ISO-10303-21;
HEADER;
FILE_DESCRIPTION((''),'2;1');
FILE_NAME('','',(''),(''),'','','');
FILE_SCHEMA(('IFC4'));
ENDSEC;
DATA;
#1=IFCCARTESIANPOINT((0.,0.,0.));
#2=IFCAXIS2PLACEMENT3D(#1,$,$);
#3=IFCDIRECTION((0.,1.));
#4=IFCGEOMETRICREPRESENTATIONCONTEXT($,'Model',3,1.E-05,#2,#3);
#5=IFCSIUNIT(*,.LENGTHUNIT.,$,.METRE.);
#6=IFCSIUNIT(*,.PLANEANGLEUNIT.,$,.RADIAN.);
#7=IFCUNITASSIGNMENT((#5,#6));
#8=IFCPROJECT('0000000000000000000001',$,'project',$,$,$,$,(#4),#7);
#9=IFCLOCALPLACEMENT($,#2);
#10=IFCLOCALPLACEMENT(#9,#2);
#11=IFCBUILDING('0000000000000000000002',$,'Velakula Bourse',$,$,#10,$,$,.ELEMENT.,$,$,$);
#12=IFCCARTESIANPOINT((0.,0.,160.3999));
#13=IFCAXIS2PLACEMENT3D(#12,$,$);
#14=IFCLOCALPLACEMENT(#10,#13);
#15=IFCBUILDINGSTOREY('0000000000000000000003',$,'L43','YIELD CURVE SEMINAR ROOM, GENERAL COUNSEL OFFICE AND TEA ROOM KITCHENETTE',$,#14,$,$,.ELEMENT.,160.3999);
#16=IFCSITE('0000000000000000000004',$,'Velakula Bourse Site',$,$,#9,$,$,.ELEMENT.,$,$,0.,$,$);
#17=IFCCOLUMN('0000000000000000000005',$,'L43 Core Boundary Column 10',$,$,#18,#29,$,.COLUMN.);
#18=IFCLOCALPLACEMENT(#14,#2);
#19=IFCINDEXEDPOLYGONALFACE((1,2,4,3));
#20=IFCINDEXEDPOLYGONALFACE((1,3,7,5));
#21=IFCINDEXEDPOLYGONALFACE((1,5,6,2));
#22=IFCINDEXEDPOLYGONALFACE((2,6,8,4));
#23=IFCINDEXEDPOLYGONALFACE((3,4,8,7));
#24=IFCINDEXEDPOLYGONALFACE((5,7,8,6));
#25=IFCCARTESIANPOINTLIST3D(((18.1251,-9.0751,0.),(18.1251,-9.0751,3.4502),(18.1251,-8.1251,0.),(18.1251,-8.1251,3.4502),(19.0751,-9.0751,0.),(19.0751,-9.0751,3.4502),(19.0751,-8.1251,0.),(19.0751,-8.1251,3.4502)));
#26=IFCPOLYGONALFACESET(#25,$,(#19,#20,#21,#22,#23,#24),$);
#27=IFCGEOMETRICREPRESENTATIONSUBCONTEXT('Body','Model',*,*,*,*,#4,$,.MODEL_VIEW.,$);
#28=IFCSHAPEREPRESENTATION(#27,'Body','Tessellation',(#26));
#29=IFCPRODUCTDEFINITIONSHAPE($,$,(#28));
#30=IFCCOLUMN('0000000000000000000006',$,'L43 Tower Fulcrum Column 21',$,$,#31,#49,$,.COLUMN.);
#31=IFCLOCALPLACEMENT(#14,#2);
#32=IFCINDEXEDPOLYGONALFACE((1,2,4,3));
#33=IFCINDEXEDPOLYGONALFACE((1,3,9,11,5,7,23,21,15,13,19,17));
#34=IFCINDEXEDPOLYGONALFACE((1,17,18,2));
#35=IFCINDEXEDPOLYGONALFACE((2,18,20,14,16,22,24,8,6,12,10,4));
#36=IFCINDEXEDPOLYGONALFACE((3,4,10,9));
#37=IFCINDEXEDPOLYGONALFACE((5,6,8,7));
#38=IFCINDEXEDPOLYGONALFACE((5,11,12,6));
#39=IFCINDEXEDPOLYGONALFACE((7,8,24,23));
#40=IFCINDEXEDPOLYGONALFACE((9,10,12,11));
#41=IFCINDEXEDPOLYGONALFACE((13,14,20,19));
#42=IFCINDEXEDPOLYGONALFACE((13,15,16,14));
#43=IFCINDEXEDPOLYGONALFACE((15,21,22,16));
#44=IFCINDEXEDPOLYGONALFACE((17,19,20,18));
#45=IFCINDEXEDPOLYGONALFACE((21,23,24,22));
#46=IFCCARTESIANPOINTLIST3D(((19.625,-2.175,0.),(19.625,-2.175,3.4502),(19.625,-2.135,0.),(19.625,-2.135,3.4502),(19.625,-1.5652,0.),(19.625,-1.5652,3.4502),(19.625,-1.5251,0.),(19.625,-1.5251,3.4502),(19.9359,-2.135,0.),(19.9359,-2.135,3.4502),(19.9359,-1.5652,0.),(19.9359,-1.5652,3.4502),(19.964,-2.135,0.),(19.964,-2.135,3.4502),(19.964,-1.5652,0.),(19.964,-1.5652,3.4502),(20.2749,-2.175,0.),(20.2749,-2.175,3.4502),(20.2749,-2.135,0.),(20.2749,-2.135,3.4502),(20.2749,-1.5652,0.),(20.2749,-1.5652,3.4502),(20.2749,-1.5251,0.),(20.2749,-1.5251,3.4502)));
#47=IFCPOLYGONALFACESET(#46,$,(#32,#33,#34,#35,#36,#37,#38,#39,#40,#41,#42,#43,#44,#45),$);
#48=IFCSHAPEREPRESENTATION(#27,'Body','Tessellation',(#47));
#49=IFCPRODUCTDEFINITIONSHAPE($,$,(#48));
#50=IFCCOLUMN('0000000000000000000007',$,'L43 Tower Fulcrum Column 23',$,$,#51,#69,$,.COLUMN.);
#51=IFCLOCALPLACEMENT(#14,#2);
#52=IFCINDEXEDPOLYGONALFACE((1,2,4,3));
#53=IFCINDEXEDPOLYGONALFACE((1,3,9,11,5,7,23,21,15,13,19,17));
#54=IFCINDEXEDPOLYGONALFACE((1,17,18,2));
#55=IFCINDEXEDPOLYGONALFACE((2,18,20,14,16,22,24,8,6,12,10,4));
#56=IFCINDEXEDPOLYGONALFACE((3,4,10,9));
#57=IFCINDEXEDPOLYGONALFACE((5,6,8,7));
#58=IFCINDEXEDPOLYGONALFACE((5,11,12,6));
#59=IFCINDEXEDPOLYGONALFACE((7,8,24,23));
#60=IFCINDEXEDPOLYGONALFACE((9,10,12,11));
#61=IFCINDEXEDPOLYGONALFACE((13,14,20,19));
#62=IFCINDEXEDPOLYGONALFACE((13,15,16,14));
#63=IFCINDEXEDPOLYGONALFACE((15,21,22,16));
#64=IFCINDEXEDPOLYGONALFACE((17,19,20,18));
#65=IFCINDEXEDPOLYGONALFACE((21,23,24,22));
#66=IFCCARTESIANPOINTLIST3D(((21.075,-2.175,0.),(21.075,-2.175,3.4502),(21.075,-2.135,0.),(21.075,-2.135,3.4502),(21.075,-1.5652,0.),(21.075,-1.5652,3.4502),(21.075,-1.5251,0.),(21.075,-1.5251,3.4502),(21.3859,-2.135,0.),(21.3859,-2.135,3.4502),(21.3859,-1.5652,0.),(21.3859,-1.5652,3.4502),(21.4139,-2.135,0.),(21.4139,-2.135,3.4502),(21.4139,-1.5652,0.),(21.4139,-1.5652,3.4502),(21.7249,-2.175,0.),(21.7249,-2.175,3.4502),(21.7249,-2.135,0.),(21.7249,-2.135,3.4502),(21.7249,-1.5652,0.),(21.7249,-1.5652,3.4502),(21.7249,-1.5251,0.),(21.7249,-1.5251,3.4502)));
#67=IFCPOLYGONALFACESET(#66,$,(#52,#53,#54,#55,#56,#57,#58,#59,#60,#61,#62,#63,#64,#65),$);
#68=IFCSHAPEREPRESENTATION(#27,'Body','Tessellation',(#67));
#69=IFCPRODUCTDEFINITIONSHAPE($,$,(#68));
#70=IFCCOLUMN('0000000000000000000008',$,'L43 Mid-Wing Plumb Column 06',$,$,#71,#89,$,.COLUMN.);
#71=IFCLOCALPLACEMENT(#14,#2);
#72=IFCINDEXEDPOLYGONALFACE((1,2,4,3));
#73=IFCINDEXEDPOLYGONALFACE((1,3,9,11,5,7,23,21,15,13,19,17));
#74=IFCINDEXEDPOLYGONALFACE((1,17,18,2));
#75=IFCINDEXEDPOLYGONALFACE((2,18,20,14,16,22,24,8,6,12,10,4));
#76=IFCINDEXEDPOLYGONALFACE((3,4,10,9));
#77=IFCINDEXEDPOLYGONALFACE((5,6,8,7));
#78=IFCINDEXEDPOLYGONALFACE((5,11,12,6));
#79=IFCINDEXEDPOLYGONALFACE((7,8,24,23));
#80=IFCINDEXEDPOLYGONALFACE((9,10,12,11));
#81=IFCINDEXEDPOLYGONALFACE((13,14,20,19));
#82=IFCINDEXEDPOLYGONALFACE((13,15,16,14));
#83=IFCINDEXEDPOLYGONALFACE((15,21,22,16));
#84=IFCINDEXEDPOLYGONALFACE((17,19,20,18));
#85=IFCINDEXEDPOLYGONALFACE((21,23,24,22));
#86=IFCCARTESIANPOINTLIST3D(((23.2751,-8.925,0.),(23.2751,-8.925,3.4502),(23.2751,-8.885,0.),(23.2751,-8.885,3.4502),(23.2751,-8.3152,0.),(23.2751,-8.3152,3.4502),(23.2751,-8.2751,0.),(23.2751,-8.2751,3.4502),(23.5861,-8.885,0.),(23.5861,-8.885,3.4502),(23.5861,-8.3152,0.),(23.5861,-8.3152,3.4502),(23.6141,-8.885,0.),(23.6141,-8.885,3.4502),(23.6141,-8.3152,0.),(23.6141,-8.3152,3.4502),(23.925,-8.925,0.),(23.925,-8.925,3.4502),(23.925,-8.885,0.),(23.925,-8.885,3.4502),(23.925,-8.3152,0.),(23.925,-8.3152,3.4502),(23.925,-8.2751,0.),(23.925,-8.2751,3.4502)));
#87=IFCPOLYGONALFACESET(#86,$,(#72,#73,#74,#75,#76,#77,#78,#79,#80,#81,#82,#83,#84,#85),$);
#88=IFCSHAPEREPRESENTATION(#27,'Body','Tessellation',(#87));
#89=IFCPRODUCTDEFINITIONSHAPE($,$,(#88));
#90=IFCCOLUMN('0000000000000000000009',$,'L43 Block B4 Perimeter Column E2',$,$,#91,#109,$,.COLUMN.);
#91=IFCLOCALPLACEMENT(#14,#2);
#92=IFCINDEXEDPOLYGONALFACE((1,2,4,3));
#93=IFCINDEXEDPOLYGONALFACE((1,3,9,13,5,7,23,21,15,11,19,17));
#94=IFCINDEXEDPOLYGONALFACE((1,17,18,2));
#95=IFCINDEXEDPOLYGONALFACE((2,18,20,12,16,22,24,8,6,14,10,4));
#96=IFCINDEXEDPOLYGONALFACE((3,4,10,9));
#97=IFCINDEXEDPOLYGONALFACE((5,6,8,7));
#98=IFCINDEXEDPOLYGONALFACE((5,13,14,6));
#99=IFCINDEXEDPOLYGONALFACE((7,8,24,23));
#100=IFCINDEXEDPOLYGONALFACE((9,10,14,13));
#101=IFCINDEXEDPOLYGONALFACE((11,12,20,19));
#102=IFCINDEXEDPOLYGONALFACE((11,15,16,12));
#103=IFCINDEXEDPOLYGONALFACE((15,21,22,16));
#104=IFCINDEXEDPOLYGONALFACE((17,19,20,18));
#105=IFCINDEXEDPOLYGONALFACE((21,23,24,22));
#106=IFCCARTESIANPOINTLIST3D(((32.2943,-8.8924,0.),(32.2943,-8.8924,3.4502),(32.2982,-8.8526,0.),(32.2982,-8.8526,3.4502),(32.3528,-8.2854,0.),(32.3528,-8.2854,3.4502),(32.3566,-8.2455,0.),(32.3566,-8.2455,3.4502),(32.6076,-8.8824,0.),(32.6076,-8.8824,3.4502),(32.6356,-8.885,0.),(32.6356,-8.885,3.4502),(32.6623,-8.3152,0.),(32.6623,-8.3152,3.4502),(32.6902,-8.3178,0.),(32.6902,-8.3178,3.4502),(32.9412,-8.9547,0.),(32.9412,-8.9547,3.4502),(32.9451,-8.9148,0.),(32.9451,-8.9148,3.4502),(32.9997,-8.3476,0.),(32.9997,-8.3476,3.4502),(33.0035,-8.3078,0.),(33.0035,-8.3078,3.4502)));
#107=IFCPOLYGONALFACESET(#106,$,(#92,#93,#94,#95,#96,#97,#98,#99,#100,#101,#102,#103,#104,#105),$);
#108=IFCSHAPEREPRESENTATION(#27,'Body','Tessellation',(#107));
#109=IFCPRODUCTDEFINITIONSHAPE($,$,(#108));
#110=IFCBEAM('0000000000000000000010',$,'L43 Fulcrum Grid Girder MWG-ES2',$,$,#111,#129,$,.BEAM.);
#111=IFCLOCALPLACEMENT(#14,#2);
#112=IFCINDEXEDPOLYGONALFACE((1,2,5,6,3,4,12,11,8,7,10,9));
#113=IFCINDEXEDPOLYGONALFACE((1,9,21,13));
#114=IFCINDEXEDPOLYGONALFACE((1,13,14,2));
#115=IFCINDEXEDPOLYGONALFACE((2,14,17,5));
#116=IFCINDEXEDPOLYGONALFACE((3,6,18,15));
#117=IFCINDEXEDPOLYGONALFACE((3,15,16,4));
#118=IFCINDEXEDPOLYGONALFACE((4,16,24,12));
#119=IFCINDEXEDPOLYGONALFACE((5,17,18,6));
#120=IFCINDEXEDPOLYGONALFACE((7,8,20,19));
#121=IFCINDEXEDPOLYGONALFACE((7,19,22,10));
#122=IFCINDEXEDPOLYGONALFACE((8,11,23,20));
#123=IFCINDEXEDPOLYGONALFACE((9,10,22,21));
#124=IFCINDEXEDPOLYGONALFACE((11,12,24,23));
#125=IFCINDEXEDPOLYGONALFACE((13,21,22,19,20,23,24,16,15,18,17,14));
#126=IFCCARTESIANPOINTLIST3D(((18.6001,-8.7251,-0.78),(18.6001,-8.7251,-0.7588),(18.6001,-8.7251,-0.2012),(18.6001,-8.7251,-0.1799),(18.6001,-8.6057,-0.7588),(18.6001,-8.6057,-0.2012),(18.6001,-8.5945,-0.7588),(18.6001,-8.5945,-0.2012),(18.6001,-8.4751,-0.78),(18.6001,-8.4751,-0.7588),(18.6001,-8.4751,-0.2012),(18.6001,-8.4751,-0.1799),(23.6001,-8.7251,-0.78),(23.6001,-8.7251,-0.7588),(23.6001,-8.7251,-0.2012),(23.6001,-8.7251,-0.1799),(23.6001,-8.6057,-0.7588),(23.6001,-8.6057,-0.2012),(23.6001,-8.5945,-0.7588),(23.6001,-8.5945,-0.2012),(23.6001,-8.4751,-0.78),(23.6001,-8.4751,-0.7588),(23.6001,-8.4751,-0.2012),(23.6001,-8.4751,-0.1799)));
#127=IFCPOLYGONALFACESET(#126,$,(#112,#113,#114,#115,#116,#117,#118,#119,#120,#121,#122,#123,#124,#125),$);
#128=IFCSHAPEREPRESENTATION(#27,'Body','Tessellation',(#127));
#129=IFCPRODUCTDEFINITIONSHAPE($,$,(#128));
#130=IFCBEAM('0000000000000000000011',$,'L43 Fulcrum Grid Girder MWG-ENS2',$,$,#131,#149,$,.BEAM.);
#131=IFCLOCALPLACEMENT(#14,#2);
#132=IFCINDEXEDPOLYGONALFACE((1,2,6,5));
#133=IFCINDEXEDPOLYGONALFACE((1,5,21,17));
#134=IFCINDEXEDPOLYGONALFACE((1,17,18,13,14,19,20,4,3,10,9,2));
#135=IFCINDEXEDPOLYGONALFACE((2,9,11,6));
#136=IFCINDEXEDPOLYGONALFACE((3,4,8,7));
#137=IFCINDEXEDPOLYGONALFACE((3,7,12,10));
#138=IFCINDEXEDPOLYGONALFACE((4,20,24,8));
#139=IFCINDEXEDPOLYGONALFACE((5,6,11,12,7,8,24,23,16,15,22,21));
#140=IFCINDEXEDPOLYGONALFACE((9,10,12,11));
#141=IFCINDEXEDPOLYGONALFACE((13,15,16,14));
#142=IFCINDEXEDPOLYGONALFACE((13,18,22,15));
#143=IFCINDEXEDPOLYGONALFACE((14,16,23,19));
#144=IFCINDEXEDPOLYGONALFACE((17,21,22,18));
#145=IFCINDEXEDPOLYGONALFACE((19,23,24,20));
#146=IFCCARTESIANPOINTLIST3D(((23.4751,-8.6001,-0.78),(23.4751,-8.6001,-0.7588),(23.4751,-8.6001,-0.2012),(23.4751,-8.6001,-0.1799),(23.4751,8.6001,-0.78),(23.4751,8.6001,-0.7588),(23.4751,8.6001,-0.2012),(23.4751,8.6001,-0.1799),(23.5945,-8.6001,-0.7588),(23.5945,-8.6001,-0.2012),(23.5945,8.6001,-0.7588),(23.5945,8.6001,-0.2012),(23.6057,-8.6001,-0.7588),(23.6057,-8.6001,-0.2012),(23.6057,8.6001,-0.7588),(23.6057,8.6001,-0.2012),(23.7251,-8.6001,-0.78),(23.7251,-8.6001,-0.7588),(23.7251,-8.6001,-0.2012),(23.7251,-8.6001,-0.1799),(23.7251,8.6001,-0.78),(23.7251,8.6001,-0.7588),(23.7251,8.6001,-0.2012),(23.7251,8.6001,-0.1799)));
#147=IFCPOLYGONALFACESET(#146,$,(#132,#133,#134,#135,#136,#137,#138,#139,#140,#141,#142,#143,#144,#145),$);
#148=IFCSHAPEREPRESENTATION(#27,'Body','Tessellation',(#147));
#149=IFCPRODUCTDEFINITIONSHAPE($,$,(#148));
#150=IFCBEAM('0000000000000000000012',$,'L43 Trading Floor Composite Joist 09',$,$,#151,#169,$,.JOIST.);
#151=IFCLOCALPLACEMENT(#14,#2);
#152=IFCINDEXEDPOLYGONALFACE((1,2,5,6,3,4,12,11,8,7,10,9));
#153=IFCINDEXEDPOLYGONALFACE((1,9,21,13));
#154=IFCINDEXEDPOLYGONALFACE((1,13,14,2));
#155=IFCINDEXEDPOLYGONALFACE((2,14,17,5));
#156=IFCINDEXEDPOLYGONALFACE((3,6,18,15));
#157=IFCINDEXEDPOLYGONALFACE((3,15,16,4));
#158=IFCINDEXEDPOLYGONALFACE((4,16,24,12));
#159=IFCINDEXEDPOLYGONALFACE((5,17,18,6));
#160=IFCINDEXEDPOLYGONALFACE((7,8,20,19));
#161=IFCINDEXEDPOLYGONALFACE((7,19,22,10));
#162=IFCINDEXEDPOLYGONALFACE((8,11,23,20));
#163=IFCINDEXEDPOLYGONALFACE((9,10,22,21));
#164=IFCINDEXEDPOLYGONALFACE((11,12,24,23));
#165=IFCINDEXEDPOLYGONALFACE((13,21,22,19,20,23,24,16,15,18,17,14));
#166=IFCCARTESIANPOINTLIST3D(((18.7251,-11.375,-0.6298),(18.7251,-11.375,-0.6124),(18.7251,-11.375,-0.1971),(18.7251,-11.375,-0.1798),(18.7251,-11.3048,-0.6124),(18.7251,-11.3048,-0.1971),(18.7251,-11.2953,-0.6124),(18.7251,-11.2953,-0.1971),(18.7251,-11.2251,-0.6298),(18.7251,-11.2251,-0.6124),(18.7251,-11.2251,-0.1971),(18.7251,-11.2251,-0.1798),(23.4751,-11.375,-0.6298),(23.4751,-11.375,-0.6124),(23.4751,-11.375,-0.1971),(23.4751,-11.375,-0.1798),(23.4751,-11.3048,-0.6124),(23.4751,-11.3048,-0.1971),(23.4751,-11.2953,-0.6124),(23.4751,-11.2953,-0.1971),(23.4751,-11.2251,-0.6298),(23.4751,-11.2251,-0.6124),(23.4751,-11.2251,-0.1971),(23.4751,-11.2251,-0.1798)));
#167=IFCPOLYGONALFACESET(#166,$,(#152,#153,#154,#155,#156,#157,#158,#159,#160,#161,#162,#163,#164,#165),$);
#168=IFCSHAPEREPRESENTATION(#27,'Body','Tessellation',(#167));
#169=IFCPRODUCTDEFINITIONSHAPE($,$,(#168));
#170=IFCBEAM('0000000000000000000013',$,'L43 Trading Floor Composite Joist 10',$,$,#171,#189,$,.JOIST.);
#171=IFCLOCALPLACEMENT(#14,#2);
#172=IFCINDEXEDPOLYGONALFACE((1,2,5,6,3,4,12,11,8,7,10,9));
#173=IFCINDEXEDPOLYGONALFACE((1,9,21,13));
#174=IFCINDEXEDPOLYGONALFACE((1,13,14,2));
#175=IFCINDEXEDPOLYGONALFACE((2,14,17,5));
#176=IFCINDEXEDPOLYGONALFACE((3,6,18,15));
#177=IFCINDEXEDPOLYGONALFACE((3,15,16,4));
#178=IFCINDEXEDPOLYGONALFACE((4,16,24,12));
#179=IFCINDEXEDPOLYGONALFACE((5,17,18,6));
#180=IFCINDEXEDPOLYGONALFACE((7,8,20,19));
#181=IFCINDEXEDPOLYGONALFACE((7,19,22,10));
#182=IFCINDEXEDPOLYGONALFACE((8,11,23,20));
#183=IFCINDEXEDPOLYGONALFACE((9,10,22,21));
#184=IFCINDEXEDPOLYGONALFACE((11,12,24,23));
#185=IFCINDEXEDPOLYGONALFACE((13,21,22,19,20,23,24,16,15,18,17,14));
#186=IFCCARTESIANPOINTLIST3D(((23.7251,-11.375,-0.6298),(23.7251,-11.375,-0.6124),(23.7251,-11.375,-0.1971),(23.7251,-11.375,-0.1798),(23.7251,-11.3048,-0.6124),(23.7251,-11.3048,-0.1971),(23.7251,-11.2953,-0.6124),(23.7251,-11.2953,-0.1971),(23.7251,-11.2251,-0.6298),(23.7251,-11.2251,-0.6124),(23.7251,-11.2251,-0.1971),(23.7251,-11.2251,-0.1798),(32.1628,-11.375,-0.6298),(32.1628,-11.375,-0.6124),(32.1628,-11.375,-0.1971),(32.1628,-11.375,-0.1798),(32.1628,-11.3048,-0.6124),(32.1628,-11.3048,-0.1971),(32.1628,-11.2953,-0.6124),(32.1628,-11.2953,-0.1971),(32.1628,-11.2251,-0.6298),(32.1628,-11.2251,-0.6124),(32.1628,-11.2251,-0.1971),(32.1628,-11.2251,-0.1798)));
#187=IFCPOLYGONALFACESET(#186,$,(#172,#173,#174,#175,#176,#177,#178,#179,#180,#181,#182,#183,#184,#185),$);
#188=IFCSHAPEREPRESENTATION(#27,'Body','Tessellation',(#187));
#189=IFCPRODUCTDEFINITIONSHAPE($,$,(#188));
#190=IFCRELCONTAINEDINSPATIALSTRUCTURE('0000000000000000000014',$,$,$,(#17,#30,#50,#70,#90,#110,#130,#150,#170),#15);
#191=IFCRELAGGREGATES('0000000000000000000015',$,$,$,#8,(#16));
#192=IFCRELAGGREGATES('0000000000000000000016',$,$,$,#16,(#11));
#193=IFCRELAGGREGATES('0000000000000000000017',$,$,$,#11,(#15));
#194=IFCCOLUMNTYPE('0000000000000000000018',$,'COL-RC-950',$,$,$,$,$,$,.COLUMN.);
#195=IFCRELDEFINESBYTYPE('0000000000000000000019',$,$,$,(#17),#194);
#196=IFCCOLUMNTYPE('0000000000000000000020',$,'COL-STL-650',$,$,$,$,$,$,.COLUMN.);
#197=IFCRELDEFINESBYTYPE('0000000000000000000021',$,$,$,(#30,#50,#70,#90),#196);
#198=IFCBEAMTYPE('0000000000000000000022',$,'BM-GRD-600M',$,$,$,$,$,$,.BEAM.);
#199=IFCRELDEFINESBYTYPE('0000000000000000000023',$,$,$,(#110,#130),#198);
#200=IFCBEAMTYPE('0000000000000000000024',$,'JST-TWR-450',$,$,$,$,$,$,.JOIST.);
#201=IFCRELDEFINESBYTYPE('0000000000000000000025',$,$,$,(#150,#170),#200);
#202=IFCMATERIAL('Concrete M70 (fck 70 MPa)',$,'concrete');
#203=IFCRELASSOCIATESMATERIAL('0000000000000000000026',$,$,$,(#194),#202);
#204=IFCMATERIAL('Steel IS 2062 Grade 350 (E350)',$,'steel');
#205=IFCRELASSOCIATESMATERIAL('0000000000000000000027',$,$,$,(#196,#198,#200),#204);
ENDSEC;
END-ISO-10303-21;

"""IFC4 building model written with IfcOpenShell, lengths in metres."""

from ifc_helpers import new_model, si_unit, direction, frame, origin, origin_2d, place, context, subcontext, project, spatial, rectangle, i_section, extrude, material, material_profile, profile_set, type_object, element, save


model = new_model("IFC4")

# Units and contexts
model_context = context("Model", 3, precision=1e-05, world=origin(), true_north=direction((0.0, 1.0)))
body_context = subcontext(model_context, "Body", "Model", "MODEL_VIEW")
ifc_project = project(units=[si_unit("LENGTHUNIT", "METRE"), si_unit("PLANEANGLEUNIT", "RADIAN")], contexts=[model_context])

# Site, building, storey
site_placement = place(None, origin())
site = spatial("IfcSite", under=ifc_project, at=site_placement, Name="Velakula Bourse Site", CompositionType="ELEMENT", RefElevation=0.0)
building_placement = place(site_placement, origin())
building = spatial("IfcBuilding", under=site, at=building_placement, Name="Velakula Bourse", CompositionType="ELEMENT")
storey_placement = place(building_placement, frame((0.0, 0.0, 160.3999)))
storey = spatial("IfcBuildingStorey", under=building, at=storey_placement, Name="L43", Description="YIELD CURVE SEMINAR ROOM, GENERAL COUNSEL OFFICE AND TEA ROOM KITCHENETTE", CompositionType="ELEMENT", Elevation=160.3999)

# Columns
ifc_material_1 = material(Name="Concrete M70 (fck 70 MPa)", Category="concrete")
ifc_material_profile_1 = material_profile(ifc_material_1, rectangle(XDim=0.95, YDim=0.95, at=origin_2d()), Name="Concrete M70 (fck 70 MPa)")
ifc_profile_set_1 = profile_set([ifc_material_profile_1], Name="Concrete M70 (fck 70 MPa)")
column_type_1 = type_object("IfcColumnType", Name="COL-RC-950", PredefinedType="COLUMN", material=ifc_profile_set_1)
column_placement = place(storey_placement, frame((18.6001, -8.6001, 0.0), z_axis=(0.0, 0.0, 1.0), x_axis=(1.0, 0.0, 0.0)))
element("IfcColumn", 1, at=column_placement, inside=storey, type_object=column_type_1, Name="L43 Core Boundary Column 10", PredefinedType="COLUMN", context=body_context, shape_type="SweptSolid", body=[
    extrude(rectangle(XDim=0.95, YDim=0.95, at=origin_2d()), origin(), (0.0, 0.0, 1.0), 3.4502),
])
ifc_material_2 = material(Name="Steel IS 2062 Grade 350 (E350)", Category="steel")
ifc_material_profile_2 = material_profile(ifc_material_2, i_section(OverallWidth=0.6499, OverallDepth=0.6499, WebThickness=0.0281, FlangeThickness=0.04, at=origin_2d()), Name="Steel IS 2062 Grade 350 (E350)")
ifc_profile_set_2 = profile_set([ifc_material_profile_2], Name="Steel IS 2062 Grade 350 (E350)")
column_type_2 = type_object("IfcColumnType", Name="COL-STL-650", PredefinedType="COLUMN", material=ifc_profile_set_2)
for number, where, z_axis, x_axis, name in (
    (2, (19.95, -1.8501, 0.0), (0.0, 0.0, 1.0), (1.0, 0.0, 0.0), "L43 Tower Fulcrum Column 21"),
    (3, (21.3999, -1.8501, 0.0), (0.0, 0.0, 1.0), (1.0, 0.0, 0.0), "L43 Tower Fulcrum Column 23"),
    (4, (23.6001, -8.6001, 0.0), (0.0, 0.0, 1.0), (1.0, 0.0, 0.0), "L43 Mid-Wing Plumb Column 06"),
    (5, (32.6489, -8.6001, 0.0), (0.0, 0.0, 1.0), (0.995396, -0.095846, 0.0), "L43 Block B4 Perimeter Column E2"),
):
    element("IfcColumn", number, at=place(storey_placement, frame(where, z_axis=z_axis, x_axis=x_axis)), inside=storey, type_object=column_type_2, Name=name, PredefinedType="COLUMN", context=body_context, shape_type="SweptSolid", body=[
        extrude(i_section(OverallWidth=0.6499, OverallDepth=0.6499, WebThickness=0.0281, FlangeThickness=0.04, at=origin_2d()), origin(), (0.0, 0.0, 1.0), 3.4502),
    ])

# Beams
ifc_material_profile_3 = material_profile(ifc_material_2, i_section(OverallWidth=0.25, OverallDepth=0.6001, WebThickness=0.0112, FlangeThickness=0.0212, at=origin_2d()), Name="Steel IS 2062 Grade 350 (E350)")
ifc_profile_set_3 = profile_set([ifc_material_profile_3], Name="Steel IS 2062 Grade 350 (E350)")
beam_type_1 = type_object("IfcBeamType", Name="BM-GRD-600M", PredefinedType="BEAM", material=ifc_profile_set_3)
beam_1_placement = place(storey_placement, frame((18.6001, -8.6001, -0.48), z_axis=(1.0, 0.0, 0.0), x_axis=(0.0, 1.0, 0.0)))
element("IfcBeam", 6, at=beam_1_placement, inside=storey, type_object=beam_type_1, Name="L43 Fulcrum Grid Girder MWG-ES2", PredefinedType="BEAM", context=body_context, shape_type="SweptSolid", body=[
    extrude(i_section(OverallWidth=0.25, OverallDepth=0.6001, WebThickness=0.0112, FlangeThickness=0.0212, at=origin_2d()), origin(), (0.0, 0.0, 1.0), 5.0),
])
beam_2_placement = place(storey_placement, frame((23.6001, -8.6001, -0.48), z_axis=(0.0, 1.0, 0.0), x_axis=(-1.0, 0.0, 0.0)))
element("IfcBeam", 7, at=beam_2_placement, inside=storey, type_object=beam_type_1, Name="L43 Fulcrum Grid Girder MWG-ENS2", PredefinedType="BEAM", context=body_context, shape_type="SweptSolid", body=[
    extrude(i_section(OverallWidth=0.25, OverallDepth=0.6001, WebThickness=0.0112, FlangeThickness=0.0212, at=origin_2d()), origin(), (0.0, 0.0, 1.0), 17.2002),
])
ifc_material_profile_4 = material_profile(ifc_material_2, i_section(OverallWidth=0.1499, OverallDepth=0.45, WebThickness=0.0095, FlangeThickness=0.0173, at=origin_2d()), Name="Steel IS 2062 Grade 350 (E350)")
ifc_profile_set_4 = profile_set([ifc_material_profile_4], Name="Steel IS 2062 Grade 350 (E350)")
beam_type_2 = type_object("IfcBeamType", Name="JST-TWR-450", PredefinedType="JOIST", material=ifc_profile_set_4)
beam_3_placement = place(storey_placement, frame((18.7251, -11.3, -0.4048), z_axis=(1.0, 0.0, 0.0), x_axis=(0.0, 1.0, 0.0)))
element("IfcBeam", 8, at=beam_3_placement, inside=storey, type_object=beam_type_2, Name="L43 Trading Floor Composite Joist 09", PredefinedType="JOIST", context=body_context, shape_type="SweptSolid", body=[
    extrude(i_section(OverallWidth=0.1499, OverallDepth=0.45, WebThickness=0.0095, FlangeThickness=0.0173, at=origin_2d()), origin(), (0.0, 0.0, 1.0), 4.75),
])
beam_4_placement = place(storey_placement, frame((23.7251, -11.3, -0.4048), z_axis=(1.0, 0.0, 0.0), x_axis=(0.0, 1.0, 0.0)))
element("IfcBeam", 9, at=beam_4_placement, inside=storey, type_object=beam_type_2, Name="L43 Trading Floor Composite Joist 10", PredefinedType="JOIST", context=body_context, shape_type="SweptSolid", body=[
    extrude(i_section(OverallWidth=0.1499, OverallDepth=0.45, WebThickness=0.0095, FlangeThickness=0.0173, at=origin_2d()), origin(), (0.0, 0.0, 1.0), 8.4377),
])

save(model, "model.ifc")
